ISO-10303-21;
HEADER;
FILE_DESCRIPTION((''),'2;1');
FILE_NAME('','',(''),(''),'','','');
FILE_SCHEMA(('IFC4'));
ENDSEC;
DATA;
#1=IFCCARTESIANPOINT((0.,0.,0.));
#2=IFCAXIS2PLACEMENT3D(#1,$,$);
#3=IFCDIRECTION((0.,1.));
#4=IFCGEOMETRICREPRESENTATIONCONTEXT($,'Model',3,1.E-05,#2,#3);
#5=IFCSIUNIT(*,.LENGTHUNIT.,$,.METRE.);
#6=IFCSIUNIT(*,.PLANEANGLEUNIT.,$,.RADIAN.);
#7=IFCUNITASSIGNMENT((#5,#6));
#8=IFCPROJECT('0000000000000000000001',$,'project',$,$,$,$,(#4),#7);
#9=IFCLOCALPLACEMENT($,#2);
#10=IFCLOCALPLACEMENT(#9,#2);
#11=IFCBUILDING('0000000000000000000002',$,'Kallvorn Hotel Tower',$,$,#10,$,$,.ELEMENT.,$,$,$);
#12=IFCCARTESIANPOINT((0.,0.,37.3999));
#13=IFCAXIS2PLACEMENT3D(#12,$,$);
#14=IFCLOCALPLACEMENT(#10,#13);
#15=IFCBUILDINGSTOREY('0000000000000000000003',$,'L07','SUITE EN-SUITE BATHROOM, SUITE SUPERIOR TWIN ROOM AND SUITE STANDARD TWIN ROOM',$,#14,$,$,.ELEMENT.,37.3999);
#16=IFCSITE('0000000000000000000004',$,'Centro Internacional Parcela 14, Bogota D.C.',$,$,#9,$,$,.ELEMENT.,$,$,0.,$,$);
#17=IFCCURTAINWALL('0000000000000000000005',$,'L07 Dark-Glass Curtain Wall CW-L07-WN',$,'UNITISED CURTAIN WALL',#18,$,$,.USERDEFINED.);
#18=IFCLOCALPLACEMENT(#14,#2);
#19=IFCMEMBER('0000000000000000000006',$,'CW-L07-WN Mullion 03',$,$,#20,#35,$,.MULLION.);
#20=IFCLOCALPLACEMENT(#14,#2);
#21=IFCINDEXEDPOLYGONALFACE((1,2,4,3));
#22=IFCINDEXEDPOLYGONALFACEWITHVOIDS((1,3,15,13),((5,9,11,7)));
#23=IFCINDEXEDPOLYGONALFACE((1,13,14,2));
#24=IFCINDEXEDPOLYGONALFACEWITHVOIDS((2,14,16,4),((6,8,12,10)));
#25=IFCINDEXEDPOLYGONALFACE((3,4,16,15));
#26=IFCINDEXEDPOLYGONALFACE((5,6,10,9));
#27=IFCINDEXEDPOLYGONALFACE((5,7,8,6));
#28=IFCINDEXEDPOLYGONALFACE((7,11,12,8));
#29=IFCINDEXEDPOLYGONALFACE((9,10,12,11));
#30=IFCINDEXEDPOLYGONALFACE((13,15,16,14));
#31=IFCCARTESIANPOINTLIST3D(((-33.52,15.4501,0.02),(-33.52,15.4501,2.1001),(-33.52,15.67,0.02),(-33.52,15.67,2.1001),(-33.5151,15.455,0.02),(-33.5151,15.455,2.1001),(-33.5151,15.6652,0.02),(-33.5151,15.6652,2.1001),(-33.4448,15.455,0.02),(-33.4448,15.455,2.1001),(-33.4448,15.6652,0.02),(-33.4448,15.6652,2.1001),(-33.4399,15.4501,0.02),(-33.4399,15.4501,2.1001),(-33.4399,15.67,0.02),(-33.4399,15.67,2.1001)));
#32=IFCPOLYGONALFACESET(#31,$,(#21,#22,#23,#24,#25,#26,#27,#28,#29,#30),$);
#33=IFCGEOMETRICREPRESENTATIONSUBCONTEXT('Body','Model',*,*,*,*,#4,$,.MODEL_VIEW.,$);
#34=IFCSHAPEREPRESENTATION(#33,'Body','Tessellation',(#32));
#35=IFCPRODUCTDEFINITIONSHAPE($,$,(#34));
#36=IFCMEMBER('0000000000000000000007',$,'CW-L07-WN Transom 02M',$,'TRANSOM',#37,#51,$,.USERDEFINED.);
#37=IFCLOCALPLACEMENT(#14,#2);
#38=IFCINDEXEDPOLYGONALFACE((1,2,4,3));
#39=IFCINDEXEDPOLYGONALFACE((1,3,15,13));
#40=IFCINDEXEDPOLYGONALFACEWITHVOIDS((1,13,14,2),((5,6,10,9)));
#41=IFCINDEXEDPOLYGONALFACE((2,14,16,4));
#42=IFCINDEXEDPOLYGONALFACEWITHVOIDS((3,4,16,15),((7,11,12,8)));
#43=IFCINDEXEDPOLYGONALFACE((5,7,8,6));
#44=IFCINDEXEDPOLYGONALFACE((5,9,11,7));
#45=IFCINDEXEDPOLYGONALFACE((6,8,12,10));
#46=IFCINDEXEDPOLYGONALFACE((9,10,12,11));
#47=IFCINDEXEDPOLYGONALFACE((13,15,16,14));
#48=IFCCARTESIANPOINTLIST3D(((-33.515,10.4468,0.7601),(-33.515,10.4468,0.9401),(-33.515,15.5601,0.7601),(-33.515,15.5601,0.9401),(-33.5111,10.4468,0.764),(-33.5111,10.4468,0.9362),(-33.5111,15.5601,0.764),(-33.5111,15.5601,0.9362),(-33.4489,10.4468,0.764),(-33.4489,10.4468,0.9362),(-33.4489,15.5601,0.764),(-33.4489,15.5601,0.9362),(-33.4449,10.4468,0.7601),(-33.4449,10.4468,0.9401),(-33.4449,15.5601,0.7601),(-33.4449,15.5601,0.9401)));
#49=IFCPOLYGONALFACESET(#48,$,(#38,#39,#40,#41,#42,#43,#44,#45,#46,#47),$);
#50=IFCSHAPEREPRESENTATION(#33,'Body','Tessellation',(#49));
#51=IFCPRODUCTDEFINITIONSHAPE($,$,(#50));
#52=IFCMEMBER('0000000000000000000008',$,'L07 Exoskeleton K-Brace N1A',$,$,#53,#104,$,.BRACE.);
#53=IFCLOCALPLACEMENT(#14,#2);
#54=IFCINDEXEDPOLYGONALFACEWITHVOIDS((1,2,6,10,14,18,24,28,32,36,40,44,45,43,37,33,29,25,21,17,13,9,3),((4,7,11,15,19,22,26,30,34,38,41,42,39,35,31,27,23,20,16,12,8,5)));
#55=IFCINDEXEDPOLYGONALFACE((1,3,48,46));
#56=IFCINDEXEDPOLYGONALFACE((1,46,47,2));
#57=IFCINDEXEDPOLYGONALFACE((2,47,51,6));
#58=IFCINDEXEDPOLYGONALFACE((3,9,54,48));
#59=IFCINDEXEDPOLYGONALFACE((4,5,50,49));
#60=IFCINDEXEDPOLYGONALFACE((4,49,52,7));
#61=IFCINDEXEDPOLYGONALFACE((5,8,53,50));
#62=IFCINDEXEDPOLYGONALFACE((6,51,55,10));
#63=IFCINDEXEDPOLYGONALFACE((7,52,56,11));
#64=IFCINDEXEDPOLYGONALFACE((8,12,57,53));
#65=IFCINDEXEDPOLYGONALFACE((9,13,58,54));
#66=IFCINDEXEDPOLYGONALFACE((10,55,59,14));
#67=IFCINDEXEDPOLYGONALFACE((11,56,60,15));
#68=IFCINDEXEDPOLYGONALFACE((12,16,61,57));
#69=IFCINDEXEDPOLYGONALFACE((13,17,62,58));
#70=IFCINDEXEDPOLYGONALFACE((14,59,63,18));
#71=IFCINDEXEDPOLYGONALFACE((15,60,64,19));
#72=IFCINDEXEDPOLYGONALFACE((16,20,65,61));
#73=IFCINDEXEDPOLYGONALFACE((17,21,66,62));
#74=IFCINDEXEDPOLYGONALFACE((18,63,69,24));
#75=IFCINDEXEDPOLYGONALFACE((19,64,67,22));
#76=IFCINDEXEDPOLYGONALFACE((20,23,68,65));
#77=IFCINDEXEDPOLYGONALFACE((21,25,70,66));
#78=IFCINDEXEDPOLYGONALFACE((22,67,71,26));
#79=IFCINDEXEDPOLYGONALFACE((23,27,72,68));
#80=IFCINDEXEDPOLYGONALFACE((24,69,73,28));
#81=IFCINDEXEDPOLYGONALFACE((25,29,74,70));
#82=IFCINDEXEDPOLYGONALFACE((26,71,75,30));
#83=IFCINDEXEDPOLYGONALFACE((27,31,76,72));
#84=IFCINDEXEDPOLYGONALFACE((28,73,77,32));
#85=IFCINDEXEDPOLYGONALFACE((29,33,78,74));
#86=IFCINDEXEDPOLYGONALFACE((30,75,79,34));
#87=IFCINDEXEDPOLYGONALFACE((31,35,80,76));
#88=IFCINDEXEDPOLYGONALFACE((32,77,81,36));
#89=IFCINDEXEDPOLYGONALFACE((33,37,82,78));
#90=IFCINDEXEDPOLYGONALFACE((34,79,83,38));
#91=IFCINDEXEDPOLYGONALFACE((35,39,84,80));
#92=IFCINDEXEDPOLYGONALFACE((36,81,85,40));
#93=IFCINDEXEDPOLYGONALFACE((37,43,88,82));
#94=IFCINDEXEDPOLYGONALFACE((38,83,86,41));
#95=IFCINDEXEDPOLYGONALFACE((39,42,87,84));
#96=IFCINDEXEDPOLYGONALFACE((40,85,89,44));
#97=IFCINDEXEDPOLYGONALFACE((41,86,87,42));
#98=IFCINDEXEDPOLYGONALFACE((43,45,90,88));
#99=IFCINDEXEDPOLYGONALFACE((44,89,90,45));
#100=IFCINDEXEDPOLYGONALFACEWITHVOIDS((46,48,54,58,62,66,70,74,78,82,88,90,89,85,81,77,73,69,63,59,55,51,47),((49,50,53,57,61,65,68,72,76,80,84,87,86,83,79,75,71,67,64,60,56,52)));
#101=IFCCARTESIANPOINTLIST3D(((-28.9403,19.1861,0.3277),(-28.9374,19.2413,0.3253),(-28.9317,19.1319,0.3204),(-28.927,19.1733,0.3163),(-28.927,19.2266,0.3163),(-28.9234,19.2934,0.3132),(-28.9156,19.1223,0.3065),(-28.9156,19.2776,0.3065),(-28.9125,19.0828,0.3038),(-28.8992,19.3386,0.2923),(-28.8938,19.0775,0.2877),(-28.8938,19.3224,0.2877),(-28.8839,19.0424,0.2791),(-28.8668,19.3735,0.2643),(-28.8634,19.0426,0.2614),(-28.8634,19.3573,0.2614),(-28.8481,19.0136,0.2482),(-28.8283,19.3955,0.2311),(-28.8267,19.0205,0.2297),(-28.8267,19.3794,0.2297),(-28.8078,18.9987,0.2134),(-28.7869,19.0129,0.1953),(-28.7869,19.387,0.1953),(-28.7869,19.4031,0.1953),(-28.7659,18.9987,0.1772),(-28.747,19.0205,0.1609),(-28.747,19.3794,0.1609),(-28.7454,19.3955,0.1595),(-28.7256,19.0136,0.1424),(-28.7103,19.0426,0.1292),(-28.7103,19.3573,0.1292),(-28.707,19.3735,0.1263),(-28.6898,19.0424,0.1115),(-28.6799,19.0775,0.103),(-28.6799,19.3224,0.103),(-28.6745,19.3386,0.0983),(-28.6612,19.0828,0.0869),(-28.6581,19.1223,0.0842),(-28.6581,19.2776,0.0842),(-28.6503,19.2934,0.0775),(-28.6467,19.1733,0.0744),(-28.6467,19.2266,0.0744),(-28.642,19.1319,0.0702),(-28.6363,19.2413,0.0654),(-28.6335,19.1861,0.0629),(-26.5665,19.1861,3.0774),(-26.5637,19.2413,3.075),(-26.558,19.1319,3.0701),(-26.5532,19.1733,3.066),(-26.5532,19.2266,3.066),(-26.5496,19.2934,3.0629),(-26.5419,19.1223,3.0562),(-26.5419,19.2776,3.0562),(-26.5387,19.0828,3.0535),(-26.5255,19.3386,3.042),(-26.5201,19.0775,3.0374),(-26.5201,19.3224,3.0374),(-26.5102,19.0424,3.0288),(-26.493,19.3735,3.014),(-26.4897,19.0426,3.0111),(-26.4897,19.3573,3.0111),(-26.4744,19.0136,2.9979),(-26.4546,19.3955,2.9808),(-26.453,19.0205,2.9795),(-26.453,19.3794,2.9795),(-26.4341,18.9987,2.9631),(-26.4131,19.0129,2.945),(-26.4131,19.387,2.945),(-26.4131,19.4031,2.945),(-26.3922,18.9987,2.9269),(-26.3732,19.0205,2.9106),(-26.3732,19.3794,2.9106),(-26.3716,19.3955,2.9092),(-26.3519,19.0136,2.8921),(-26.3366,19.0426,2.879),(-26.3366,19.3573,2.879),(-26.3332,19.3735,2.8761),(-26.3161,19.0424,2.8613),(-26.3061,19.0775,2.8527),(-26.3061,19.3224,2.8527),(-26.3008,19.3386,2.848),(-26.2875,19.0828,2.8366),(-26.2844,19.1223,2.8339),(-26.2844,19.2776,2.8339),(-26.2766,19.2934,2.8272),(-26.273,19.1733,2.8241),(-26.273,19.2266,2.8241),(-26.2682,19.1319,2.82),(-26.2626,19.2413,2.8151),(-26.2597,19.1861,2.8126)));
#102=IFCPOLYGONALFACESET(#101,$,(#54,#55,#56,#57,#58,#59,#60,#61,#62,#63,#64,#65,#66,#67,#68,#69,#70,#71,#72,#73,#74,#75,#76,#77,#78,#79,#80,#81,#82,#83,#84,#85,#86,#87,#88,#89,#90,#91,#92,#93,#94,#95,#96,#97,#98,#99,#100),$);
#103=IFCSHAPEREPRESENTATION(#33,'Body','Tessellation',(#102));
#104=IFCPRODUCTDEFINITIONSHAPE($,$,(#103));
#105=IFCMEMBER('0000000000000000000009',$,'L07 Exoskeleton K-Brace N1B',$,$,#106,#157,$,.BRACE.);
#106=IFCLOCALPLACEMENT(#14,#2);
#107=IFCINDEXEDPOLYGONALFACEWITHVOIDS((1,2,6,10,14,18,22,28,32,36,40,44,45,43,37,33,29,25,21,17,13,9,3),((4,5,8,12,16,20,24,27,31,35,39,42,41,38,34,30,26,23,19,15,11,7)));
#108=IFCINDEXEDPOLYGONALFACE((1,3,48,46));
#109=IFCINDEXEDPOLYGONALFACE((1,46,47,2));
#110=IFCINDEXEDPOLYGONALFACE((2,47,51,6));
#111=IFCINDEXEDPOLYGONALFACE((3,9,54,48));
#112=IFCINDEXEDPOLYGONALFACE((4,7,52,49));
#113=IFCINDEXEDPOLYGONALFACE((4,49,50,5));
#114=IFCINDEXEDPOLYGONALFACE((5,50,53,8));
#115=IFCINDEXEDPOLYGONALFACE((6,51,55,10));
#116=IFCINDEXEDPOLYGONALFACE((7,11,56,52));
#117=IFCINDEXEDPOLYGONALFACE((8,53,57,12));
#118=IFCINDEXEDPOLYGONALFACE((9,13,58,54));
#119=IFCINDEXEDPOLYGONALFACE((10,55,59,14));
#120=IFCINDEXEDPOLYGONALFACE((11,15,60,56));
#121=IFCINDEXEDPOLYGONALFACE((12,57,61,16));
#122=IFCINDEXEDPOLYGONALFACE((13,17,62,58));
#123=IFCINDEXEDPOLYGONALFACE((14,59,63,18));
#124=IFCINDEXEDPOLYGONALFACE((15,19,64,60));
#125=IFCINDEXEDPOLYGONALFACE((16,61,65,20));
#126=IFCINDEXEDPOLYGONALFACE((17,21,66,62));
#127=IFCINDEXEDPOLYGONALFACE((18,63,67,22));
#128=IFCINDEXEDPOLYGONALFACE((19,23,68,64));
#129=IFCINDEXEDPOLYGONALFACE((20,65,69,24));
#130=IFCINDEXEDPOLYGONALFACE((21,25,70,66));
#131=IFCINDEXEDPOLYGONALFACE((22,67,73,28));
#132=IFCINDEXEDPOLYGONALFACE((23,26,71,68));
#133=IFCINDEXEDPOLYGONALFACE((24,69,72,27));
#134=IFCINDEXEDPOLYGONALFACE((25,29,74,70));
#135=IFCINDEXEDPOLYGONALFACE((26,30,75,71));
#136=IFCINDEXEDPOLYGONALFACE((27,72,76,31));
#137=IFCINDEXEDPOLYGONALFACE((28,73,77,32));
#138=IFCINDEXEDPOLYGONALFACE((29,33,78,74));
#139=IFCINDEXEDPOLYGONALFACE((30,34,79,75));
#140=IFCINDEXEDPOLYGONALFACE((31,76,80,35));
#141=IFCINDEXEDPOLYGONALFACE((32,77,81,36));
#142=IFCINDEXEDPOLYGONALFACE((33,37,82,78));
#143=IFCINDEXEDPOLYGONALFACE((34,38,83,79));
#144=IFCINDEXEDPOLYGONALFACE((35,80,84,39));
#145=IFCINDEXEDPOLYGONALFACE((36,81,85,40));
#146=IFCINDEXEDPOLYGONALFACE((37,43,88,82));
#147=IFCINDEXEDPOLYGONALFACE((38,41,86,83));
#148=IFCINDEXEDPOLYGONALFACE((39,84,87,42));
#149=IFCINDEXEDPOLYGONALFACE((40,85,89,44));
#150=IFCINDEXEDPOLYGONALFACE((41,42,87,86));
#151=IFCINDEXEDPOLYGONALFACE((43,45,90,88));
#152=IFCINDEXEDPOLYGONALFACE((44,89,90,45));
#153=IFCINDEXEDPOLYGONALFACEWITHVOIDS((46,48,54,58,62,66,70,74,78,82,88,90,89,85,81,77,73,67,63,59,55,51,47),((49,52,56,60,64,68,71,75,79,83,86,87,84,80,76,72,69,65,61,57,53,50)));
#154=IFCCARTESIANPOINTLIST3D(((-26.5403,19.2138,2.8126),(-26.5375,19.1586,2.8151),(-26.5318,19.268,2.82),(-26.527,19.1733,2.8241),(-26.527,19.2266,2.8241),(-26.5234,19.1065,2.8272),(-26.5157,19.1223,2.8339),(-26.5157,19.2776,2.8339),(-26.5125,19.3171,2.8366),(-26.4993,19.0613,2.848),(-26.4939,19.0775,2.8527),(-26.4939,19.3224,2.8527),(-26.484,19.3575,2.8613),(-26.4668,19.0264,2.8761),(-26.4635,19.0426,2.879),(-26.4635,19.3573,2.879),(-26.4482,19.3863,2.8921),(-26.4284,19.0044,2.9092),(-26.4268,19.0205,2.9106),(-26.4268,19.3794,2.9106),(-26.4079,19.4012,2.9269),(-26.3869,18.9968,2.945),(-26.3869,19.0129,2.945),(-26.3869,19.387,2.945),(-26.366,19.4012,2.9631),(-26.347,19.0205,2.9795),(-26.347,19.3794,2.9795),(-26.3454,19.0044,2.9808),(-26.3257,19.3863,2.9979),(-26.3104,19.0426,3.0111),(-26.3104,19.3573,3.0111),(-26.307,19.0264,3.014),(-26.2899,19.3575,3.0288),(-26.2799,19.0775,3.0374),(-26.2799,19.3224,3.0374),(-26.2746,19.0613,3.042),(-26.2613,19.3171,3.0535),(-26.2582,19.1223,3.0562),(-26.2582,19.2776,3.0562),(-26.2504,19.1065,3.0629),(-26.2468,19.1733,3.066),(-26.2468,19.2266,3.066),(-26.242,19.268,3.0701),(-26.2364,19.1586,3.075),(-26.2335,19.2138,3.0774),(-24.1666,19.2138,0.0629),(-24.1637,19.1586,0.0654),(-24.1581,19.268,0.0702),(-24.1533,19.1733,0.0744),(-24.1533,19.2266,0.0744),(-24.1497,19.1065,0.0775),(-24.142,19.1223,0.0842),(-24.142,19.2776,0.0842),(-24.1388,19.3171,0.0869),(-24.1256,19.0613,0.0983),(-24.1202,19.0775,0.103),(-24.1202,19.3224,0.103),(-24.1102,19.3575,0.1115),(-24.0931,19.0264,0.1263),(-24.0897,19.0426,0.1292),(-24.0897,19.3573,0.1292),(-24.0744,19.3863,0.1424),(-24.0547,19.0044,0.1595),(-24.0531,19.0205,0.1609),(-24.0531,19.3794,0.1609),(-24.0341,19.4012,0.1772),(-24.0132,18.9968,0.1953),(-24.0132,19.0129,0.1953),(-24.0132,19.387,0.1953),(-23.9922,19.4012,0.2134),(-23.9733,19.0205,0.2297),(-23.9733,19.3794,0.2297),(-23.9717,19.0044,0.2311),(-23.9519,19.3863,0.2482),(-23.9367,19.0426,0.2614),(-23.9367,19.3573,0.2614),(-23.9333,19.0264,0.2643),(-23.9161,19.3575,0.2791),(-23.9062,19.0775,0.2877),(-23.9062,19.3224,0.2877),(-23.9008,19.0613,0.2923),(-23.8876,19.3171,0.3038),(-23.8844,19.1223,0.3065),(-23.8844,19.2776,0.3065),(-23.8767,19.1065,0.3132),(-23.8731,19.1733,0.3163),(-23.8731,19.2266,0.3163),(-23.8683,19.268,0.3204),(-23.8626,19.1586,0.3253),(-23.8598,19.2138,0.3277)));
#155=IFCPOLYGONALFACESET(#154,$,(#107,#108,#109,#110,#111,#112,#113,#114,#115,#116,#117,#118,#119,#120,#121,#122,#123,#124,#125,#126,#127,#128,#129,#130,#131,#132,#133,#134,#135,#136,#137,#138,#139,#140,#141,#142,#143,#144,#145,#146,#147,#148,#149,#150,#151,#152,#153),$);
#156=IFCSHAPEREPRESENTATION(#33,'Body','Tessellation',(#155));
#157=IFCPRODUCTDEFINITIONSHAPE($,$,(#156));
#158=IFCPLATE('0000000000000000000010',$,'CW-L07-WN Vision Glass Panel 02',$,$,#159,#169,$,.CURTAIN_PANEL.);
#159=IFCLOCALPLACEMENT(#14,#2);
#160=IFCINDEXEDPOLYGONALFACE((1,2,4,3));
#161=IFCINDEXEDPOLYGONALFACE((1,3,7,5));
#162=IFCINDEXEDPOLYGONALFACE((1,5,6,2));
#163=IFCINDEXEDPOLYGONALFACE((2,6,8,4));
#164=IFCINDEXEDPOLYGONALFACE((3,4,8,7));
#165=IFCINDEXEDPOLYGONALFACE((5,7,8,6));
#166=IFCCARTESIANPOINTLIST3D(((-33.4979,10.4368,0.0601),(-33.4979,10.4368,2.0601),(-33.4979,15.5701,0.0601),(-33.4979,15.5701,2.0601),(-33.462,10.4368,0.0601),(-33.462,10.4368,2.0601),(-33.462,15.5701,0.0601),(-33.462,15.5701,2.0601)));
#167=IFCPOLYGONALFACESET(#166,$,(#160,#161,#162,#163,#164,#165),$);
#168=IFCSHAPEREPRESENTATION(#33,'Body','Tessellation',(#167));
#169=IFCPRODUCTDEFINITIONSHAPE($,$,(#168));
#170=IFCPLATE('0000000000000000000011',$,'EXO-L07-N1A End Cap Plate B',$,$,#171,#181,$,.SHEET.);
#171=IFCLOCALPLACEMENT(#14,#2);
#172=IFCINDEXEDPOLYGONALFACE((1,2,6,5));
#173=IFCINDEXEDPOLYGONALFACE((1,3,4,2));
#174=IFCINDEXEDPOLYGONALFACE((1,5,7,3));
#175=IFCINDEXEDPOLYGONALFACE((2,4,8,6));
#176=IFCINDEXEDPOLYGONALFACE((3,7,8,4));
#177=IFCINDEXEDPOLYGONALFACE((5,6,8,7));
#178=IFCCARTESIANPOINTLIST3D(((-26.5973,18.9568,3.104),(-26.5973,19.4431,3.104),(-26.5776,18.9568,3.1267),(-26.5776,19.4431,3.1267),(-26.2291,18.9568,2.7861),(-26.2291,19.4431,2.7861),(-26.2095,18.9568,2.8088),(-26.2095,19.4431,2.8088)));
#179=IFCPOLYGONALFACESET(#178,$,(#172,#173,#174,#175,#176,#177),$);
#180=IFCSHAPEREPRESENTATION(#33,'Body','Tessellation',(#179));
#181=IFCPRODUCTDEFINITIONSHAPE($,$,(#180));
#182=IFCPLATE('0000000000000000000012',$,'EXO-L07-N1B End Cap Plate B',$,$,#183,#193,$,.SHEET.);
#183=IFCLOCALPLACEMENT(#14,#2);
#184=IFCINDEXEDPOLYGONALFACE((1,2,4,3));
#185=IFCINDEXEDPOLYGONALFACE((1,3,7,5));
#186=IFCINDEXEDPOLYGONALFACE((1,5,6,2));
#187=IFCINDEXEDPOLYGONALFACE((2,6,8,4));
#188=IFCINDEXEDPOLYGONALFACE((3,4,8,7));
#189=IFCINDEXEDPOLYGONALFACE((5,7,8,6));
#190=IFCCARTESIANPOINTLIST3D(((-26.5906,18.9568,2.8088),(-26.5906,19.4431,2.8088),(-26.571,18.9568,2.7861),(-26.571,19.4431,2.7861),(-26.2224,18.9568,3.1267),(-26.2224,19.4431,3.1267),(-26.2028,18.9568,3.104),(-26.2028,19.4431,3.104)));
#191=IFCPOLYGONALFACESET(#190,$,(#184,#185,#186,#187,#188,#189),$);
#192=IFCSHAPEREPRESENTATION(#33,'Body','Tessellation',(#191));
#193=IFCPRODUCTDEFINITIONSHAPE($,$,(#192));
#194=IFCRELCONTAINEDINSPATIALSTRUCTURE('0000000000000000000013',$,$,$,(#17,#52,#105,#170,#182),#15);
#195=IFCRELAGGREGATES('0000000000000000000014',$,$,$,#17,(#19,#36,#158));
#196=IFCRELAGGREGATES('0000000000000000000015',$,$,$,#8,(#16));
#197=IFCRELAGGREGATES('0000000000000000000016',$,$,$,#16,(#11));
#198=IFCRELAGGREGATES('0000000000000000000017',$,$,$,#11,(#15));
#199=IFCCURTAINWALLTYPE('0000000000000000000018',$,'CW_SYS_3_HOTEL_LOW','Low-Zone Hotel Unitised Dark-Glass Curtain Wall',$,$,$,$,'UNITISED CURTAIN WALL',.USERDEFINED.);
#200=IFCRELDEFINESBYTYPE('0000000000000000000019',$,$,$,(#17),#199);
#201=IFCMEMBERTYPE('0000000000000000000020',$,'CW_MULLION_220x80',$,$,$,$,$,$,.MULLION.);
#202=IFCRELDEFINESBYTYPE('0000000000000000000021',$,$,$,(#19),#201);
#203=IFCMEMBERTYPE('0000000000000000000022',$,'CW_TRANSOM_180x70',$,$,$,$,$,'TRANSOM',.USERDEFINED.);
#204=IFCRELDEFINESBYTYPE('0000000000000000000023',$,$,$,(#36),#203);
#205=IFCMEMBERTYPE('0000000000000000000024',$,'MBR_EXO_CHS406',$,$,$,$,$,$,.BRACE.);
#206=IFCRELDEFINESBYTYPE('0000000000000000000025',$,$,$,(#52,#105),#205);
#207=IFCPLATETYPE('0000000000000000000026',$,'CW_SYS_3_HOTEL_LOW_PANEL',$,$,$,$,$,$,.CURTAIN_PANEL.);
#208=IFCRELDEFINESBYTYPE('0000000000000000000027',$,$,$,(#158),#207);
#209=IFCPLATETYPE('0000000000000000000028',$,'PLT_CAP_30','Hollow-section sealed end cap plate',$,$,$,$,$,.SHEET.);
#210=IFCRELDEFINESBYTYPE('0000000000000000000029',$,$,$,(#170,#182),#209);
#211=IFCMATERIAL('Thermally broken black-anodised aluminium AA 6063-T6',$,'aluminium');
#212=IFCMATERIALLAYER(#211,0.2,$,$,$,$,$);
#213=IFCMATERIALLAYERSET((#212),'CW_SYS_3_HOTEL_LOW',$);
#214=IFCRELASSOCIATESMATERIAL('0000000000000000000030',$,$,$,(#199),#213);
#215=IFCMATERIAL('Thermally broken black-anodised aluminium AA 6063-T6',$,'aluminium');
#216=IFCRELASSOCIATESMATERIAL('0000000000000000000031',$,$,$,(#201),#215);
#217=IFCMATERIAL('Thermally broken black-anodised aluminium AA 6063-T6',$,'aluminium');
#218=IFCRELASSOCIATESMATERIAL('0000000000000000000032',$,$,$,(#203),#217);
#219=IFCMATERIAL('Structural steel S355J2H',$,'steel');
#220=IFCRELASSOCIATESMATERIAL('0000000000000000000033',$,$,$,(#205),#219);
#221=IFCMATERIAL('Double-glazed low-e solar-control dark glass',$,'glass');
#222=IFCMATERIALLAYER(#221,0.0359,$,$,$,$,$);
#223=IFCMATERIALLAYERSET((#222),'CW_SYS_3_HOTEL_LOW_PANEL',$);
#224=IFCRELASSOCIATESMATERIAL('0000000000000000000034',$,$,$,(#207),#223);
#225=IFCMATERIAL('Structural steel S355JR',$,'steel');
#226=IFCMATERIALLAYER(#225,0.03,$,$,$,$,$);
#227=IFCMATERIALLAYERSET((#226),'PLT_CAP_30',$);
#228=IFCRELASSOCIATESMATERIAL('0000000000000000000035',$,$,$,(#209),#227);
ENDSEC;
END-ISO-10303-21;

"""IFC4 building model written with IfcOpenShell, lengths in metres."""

from ifc_helpers import new_model, si_unit, direction, frame, origin, origin_2d, place, context, subcontext, project, spatial, polyline, rectangle, hollow_rectangle, hollow_circle, outline, extrude, material, layer, layer_set, material_profile, profile_set, type_object, element, aggregate, save


model = new_model("IFC4")

# Units and contexts
model_context = context("Model", 3, precision=1e-05, world=origin(), true_north=direction((0.0, 1.0)))
body_context = subcontext(model_context, "Body", "Model", "MODEL_VIEW")
ifc_project = project(units=[si_unit("LENGTHUNIT", "METRE"), si_unit("PLANEANGLEUNIT", "RADIAN")], contexts=[model_context])

# Site, building, storey
site_placement = place(None, origin())
site = spatial("IfcSite", under=ifc_project, at=site_placement, Name="Centro Internacional Parcela 14, Bogota D.C.", CompositionType="ELEMENT", RefElevation=0.0)
building_placement = place(site_placement, origin())
building = spatial("IfcBuilding", under=site, at=building_placement, Name="Kallvorn Hotel Tower", CompositionType="ELEMENT")
storey_placement = place(building_placement, frame((0.0, 0.0, 37.3999)))
storey = spatial("IfcBuildingStorey", under=building, at=storey_placement, Name="L07", Description="SUITE EN-SUITE BATHROOM, SUITE SUPERIOR TWIN ROOM AND SUITE STANDARD TWIN ROOM", CompositionType="ELEMENT", Elevation=37.3999)

# Curtain wall, members
ifc_material_1 = material(Name="Thermally broken black-anodised aluminium AA 6063-T6", Category="aluminium")
ifc_layer_1 = layer(ifc_material_1, 0.2)
ifc_layer_set_1 = layer_set([ifc_layer_1], Name="CW_SYS_3_HOTEL_LOW")
curtain_wall_type = type_object("IfcCurtainWallType", Name="CW_SYS_3_HOTEL_LOW", Description="Low-Zone Hotel Unitised Dark-Glass Curtain Wall", ElementType="UNITISED CURTAIN WALL", PredefinedType="USERDEFINED", material=ifc_layer_set_1)
curtain_wall_placement = place(storey_placement, origin())
curtain_wall = element("IfcCurtainWall", 1, at=curtain_wall_placement, inside=storey, type_object=curtain_wall_type, Name="L07 Dark-Glass Curtain Wall CW-L07-WN", ObjectType="UNITISED CURTAIN WALL", PredefinedType="USERDEFINED")
ifc_material_2 = material(Name="Thermally broken black-anodised aluminium AA 6063-T6", Category="aluminium")
ifc_material_profile_1 = material_profile(ifc_material_2, hollow_rectangle(XDim=0.0801, YDim=0.22, WallThickness=0.0049, at=origin_2d()), Name="MUL 220x80")
ifc_profile_set_1 = profile_set([ifc_material_profile_1], Name="Thermally broken black-anodised aluminium AA 6063-T6")
member_type_1 = type_object("IfcMemberType", Name="CW_MULLION_220x80", PredefinedType="MULLION", material=ifc_profile_set_1)
member_1_placement = place(storey_placement, frame((-33.48, 15.5601, 0.02), z_axis=(0.0, 0.0, 1.0), x_axis=(1.0, 0.0, 0.0)))
member_1 = element("IfcMember", 2, at=member_1_placement, type_object=member_type_1, Name="CW-L07-WN Mullion 03", PredefinedType="MULLION", context=body_context, shape_type="SweptSolid", body=[
    extrude(hollow_rectangle(XDim=0.0801, YDim=0.22, WallThickness=0.0049, at=origin_2d()), origin(), (0.0, 0.0, 1.0), 2.0801),
])
ifc_material_3 = material(Name="Thermally broken black-anodised aluminium AA 6063-T6", Category="aluminium")
ifc_material_profile_2 = material_profile(ifc_material_3, hollow_rectangle(XDim=0.0701, YDim=0.1799, WallThickness=0.0039, at=origin_2d()), Name="TRN 180x70")
ifc_profile_set_2 = profile_set([ifc_material_profile_2], Name="Thermally broken black-anodised aluminium AA 6063-T6")
member_type_2 = type_object("IfcMemberType", Name="CW_TRANSOM_180x70", ElementType="TRANSOM", PredefinedType="USERDEFINED", material=ifc_profile_set_2)
member_2_placement = place(storey_placement, frame((-33.48, 10.4468, 0.8501), z_axis=(0.0, 1.0, 0.0), x_axis=(-1.0, 0.0, 0.0)))
member_2 = element("IfcMember", 3, at=member_2_placement, type_object=member_type_2, Name="CW-L07-WN Transom 02M", ObjectType="TRANSOM", PredefinedType="USERDEFINED", context=body_context, shape_type="SweptSolid", body=[
    extrude(hollow_rectangle(XDim=0.0701, YDim=0.1799, WallThickness=0.0039, at=origin_2d()), origin(), (0.0, 0.0, 1.0), 5.1133),
])

# Members
ifc_material_4 = material(Name="Structural steel S355J2H", Category="steel")
ifc_material_profile_3 = material_profile(ifc_material_4, hollow_circle(Radius=0.2031, WallThickness=0.0161, at=origin_2d()), Name="CHS 406.4x16")
ifc_profile_set_3 = profile_set([ifc_material_profile_3], Name="Structural steel S355J2H")
member_type_3 = type_object("IfcMemberType", Name="MBR_EXO_CHS406", PredefinedType="BRACE", material=ifc_profile_set_3)
for number, where, z_axis, x_axis, name in (
    (4, (-28.7869, 19.2, 0.1953), (0.653461, 0.0, 0.756961), (0.0, 1.0, 0.0), "L07 Exoskeleton K-Brace N1A"),
    (5, (-24.0132, 19.2, 0.1953), (-0.653461, 0.0, 0.756961), (0.0, -1.0, 0.0), "L07 Exoskeleton K-Brace N1B"),
):
    element("IfcMember", number, at=place(storey_placement, frame(where, z_axis=z_axis, x_axis=x_axis)), inside=storey, type_object=member_type_3, Name=name, PredefinedType="BRACE", context=body_context, shape_type="SweptSolid", body=[
        extrude(hollow_circle(Radius=0.2031, WallThickness=0.0161, at=origin_2d()), origin(), (0.0, 0.0, 1.0), 3.6326),
    ])

# Plate
ifc_material_5 = material(Name="Double-glazed low-e solar-control dark glass", Category="glass")
ifc_layer_2 = layer(ifc_material_5, 0.0359)
ifc_layer_set_2 = layer_set([ifc_layer_2], Name="CW_SYS_3_HOTEL_LOW_PANEL")
plate_type_1 = type_object("IfcPlateType", Name="CW_SYS_3_HOTEL_LOW_PANEL", PredefinedType="CURTAIN_PANEL", material=ifc_layer_set_2)
plate_1_placement = place(storey_placement, frame((-33.48, 13.0034, 0.0601), z_axis=(0.0, 0.0, 1.0), x_axis=(0.0, 1.0, 0.0)))
plate_1 = element("IfcPlate", 6, at=plate_1_placement, type_object=plate_type_1, Name="CW-L07-WN Vision Glass Panel 02", PredefinedType="CURTAIN_PANEL", context=body_context, shape_type="SweptSolid", body=[
    extrude(rectangle(XDim=5.1333, YDim=0.0359, at=origin_2d()), origin(), (0.0, 0.0, 1.0), 2.0),
])
aggregate(curtain_wall, [member_1, member_2, plate_1])

# Plates
ifc_material_6 = material(Name="Structural steel S355JR", Category="steel")
ifc_layer_3 = layer(ifc_material_6, 0.03)
ifc_layer_set_3 = layer_set([ifc_layer_3], Name="PLT_CAP_30")
plate_type_2 = type_object("IfcPlateType", Name="PLT_CAP_30", Description="Hollow-section sealed end cap plate", PredefinedType="SHEET", material=ifc_layer_set_3)
for number, where, z_axis, x_axis, name in (
    (7, (-26.2095, 18.9568, 2.8088), (0.653515, 0.0, 0.756913), (0.0, 1.0, 0.0), "EXO-L07-N1A End Cap Plate B"),
    (8, (-26.5906, 19.4431, 2.8088), (-0.653515, 0.0, 0.756913), (0.0, -1.0, 0.0), "EXO-L07-N1B End Cap Plate B"),
):
    element("IfcPlate", number, at=place(storey_placement, frame(where, z_axis=z_axis, x_axis=x_axis)), inside=storey, type_object=plate_type_2, Name=name, PredefinedType="SHEET", context=body_context, shape_type="SweptSolid", body=[
        extrude(outline(polyline([(0.0, 0.0), (0.4863, 0.0), (0.4863, 0.4864), (0.0, 0.4864), (0.0, 0.0)])), origin(), (0.0, 0.0, -1.0), 0.03),
    ])

save(model, "model.ifc")
